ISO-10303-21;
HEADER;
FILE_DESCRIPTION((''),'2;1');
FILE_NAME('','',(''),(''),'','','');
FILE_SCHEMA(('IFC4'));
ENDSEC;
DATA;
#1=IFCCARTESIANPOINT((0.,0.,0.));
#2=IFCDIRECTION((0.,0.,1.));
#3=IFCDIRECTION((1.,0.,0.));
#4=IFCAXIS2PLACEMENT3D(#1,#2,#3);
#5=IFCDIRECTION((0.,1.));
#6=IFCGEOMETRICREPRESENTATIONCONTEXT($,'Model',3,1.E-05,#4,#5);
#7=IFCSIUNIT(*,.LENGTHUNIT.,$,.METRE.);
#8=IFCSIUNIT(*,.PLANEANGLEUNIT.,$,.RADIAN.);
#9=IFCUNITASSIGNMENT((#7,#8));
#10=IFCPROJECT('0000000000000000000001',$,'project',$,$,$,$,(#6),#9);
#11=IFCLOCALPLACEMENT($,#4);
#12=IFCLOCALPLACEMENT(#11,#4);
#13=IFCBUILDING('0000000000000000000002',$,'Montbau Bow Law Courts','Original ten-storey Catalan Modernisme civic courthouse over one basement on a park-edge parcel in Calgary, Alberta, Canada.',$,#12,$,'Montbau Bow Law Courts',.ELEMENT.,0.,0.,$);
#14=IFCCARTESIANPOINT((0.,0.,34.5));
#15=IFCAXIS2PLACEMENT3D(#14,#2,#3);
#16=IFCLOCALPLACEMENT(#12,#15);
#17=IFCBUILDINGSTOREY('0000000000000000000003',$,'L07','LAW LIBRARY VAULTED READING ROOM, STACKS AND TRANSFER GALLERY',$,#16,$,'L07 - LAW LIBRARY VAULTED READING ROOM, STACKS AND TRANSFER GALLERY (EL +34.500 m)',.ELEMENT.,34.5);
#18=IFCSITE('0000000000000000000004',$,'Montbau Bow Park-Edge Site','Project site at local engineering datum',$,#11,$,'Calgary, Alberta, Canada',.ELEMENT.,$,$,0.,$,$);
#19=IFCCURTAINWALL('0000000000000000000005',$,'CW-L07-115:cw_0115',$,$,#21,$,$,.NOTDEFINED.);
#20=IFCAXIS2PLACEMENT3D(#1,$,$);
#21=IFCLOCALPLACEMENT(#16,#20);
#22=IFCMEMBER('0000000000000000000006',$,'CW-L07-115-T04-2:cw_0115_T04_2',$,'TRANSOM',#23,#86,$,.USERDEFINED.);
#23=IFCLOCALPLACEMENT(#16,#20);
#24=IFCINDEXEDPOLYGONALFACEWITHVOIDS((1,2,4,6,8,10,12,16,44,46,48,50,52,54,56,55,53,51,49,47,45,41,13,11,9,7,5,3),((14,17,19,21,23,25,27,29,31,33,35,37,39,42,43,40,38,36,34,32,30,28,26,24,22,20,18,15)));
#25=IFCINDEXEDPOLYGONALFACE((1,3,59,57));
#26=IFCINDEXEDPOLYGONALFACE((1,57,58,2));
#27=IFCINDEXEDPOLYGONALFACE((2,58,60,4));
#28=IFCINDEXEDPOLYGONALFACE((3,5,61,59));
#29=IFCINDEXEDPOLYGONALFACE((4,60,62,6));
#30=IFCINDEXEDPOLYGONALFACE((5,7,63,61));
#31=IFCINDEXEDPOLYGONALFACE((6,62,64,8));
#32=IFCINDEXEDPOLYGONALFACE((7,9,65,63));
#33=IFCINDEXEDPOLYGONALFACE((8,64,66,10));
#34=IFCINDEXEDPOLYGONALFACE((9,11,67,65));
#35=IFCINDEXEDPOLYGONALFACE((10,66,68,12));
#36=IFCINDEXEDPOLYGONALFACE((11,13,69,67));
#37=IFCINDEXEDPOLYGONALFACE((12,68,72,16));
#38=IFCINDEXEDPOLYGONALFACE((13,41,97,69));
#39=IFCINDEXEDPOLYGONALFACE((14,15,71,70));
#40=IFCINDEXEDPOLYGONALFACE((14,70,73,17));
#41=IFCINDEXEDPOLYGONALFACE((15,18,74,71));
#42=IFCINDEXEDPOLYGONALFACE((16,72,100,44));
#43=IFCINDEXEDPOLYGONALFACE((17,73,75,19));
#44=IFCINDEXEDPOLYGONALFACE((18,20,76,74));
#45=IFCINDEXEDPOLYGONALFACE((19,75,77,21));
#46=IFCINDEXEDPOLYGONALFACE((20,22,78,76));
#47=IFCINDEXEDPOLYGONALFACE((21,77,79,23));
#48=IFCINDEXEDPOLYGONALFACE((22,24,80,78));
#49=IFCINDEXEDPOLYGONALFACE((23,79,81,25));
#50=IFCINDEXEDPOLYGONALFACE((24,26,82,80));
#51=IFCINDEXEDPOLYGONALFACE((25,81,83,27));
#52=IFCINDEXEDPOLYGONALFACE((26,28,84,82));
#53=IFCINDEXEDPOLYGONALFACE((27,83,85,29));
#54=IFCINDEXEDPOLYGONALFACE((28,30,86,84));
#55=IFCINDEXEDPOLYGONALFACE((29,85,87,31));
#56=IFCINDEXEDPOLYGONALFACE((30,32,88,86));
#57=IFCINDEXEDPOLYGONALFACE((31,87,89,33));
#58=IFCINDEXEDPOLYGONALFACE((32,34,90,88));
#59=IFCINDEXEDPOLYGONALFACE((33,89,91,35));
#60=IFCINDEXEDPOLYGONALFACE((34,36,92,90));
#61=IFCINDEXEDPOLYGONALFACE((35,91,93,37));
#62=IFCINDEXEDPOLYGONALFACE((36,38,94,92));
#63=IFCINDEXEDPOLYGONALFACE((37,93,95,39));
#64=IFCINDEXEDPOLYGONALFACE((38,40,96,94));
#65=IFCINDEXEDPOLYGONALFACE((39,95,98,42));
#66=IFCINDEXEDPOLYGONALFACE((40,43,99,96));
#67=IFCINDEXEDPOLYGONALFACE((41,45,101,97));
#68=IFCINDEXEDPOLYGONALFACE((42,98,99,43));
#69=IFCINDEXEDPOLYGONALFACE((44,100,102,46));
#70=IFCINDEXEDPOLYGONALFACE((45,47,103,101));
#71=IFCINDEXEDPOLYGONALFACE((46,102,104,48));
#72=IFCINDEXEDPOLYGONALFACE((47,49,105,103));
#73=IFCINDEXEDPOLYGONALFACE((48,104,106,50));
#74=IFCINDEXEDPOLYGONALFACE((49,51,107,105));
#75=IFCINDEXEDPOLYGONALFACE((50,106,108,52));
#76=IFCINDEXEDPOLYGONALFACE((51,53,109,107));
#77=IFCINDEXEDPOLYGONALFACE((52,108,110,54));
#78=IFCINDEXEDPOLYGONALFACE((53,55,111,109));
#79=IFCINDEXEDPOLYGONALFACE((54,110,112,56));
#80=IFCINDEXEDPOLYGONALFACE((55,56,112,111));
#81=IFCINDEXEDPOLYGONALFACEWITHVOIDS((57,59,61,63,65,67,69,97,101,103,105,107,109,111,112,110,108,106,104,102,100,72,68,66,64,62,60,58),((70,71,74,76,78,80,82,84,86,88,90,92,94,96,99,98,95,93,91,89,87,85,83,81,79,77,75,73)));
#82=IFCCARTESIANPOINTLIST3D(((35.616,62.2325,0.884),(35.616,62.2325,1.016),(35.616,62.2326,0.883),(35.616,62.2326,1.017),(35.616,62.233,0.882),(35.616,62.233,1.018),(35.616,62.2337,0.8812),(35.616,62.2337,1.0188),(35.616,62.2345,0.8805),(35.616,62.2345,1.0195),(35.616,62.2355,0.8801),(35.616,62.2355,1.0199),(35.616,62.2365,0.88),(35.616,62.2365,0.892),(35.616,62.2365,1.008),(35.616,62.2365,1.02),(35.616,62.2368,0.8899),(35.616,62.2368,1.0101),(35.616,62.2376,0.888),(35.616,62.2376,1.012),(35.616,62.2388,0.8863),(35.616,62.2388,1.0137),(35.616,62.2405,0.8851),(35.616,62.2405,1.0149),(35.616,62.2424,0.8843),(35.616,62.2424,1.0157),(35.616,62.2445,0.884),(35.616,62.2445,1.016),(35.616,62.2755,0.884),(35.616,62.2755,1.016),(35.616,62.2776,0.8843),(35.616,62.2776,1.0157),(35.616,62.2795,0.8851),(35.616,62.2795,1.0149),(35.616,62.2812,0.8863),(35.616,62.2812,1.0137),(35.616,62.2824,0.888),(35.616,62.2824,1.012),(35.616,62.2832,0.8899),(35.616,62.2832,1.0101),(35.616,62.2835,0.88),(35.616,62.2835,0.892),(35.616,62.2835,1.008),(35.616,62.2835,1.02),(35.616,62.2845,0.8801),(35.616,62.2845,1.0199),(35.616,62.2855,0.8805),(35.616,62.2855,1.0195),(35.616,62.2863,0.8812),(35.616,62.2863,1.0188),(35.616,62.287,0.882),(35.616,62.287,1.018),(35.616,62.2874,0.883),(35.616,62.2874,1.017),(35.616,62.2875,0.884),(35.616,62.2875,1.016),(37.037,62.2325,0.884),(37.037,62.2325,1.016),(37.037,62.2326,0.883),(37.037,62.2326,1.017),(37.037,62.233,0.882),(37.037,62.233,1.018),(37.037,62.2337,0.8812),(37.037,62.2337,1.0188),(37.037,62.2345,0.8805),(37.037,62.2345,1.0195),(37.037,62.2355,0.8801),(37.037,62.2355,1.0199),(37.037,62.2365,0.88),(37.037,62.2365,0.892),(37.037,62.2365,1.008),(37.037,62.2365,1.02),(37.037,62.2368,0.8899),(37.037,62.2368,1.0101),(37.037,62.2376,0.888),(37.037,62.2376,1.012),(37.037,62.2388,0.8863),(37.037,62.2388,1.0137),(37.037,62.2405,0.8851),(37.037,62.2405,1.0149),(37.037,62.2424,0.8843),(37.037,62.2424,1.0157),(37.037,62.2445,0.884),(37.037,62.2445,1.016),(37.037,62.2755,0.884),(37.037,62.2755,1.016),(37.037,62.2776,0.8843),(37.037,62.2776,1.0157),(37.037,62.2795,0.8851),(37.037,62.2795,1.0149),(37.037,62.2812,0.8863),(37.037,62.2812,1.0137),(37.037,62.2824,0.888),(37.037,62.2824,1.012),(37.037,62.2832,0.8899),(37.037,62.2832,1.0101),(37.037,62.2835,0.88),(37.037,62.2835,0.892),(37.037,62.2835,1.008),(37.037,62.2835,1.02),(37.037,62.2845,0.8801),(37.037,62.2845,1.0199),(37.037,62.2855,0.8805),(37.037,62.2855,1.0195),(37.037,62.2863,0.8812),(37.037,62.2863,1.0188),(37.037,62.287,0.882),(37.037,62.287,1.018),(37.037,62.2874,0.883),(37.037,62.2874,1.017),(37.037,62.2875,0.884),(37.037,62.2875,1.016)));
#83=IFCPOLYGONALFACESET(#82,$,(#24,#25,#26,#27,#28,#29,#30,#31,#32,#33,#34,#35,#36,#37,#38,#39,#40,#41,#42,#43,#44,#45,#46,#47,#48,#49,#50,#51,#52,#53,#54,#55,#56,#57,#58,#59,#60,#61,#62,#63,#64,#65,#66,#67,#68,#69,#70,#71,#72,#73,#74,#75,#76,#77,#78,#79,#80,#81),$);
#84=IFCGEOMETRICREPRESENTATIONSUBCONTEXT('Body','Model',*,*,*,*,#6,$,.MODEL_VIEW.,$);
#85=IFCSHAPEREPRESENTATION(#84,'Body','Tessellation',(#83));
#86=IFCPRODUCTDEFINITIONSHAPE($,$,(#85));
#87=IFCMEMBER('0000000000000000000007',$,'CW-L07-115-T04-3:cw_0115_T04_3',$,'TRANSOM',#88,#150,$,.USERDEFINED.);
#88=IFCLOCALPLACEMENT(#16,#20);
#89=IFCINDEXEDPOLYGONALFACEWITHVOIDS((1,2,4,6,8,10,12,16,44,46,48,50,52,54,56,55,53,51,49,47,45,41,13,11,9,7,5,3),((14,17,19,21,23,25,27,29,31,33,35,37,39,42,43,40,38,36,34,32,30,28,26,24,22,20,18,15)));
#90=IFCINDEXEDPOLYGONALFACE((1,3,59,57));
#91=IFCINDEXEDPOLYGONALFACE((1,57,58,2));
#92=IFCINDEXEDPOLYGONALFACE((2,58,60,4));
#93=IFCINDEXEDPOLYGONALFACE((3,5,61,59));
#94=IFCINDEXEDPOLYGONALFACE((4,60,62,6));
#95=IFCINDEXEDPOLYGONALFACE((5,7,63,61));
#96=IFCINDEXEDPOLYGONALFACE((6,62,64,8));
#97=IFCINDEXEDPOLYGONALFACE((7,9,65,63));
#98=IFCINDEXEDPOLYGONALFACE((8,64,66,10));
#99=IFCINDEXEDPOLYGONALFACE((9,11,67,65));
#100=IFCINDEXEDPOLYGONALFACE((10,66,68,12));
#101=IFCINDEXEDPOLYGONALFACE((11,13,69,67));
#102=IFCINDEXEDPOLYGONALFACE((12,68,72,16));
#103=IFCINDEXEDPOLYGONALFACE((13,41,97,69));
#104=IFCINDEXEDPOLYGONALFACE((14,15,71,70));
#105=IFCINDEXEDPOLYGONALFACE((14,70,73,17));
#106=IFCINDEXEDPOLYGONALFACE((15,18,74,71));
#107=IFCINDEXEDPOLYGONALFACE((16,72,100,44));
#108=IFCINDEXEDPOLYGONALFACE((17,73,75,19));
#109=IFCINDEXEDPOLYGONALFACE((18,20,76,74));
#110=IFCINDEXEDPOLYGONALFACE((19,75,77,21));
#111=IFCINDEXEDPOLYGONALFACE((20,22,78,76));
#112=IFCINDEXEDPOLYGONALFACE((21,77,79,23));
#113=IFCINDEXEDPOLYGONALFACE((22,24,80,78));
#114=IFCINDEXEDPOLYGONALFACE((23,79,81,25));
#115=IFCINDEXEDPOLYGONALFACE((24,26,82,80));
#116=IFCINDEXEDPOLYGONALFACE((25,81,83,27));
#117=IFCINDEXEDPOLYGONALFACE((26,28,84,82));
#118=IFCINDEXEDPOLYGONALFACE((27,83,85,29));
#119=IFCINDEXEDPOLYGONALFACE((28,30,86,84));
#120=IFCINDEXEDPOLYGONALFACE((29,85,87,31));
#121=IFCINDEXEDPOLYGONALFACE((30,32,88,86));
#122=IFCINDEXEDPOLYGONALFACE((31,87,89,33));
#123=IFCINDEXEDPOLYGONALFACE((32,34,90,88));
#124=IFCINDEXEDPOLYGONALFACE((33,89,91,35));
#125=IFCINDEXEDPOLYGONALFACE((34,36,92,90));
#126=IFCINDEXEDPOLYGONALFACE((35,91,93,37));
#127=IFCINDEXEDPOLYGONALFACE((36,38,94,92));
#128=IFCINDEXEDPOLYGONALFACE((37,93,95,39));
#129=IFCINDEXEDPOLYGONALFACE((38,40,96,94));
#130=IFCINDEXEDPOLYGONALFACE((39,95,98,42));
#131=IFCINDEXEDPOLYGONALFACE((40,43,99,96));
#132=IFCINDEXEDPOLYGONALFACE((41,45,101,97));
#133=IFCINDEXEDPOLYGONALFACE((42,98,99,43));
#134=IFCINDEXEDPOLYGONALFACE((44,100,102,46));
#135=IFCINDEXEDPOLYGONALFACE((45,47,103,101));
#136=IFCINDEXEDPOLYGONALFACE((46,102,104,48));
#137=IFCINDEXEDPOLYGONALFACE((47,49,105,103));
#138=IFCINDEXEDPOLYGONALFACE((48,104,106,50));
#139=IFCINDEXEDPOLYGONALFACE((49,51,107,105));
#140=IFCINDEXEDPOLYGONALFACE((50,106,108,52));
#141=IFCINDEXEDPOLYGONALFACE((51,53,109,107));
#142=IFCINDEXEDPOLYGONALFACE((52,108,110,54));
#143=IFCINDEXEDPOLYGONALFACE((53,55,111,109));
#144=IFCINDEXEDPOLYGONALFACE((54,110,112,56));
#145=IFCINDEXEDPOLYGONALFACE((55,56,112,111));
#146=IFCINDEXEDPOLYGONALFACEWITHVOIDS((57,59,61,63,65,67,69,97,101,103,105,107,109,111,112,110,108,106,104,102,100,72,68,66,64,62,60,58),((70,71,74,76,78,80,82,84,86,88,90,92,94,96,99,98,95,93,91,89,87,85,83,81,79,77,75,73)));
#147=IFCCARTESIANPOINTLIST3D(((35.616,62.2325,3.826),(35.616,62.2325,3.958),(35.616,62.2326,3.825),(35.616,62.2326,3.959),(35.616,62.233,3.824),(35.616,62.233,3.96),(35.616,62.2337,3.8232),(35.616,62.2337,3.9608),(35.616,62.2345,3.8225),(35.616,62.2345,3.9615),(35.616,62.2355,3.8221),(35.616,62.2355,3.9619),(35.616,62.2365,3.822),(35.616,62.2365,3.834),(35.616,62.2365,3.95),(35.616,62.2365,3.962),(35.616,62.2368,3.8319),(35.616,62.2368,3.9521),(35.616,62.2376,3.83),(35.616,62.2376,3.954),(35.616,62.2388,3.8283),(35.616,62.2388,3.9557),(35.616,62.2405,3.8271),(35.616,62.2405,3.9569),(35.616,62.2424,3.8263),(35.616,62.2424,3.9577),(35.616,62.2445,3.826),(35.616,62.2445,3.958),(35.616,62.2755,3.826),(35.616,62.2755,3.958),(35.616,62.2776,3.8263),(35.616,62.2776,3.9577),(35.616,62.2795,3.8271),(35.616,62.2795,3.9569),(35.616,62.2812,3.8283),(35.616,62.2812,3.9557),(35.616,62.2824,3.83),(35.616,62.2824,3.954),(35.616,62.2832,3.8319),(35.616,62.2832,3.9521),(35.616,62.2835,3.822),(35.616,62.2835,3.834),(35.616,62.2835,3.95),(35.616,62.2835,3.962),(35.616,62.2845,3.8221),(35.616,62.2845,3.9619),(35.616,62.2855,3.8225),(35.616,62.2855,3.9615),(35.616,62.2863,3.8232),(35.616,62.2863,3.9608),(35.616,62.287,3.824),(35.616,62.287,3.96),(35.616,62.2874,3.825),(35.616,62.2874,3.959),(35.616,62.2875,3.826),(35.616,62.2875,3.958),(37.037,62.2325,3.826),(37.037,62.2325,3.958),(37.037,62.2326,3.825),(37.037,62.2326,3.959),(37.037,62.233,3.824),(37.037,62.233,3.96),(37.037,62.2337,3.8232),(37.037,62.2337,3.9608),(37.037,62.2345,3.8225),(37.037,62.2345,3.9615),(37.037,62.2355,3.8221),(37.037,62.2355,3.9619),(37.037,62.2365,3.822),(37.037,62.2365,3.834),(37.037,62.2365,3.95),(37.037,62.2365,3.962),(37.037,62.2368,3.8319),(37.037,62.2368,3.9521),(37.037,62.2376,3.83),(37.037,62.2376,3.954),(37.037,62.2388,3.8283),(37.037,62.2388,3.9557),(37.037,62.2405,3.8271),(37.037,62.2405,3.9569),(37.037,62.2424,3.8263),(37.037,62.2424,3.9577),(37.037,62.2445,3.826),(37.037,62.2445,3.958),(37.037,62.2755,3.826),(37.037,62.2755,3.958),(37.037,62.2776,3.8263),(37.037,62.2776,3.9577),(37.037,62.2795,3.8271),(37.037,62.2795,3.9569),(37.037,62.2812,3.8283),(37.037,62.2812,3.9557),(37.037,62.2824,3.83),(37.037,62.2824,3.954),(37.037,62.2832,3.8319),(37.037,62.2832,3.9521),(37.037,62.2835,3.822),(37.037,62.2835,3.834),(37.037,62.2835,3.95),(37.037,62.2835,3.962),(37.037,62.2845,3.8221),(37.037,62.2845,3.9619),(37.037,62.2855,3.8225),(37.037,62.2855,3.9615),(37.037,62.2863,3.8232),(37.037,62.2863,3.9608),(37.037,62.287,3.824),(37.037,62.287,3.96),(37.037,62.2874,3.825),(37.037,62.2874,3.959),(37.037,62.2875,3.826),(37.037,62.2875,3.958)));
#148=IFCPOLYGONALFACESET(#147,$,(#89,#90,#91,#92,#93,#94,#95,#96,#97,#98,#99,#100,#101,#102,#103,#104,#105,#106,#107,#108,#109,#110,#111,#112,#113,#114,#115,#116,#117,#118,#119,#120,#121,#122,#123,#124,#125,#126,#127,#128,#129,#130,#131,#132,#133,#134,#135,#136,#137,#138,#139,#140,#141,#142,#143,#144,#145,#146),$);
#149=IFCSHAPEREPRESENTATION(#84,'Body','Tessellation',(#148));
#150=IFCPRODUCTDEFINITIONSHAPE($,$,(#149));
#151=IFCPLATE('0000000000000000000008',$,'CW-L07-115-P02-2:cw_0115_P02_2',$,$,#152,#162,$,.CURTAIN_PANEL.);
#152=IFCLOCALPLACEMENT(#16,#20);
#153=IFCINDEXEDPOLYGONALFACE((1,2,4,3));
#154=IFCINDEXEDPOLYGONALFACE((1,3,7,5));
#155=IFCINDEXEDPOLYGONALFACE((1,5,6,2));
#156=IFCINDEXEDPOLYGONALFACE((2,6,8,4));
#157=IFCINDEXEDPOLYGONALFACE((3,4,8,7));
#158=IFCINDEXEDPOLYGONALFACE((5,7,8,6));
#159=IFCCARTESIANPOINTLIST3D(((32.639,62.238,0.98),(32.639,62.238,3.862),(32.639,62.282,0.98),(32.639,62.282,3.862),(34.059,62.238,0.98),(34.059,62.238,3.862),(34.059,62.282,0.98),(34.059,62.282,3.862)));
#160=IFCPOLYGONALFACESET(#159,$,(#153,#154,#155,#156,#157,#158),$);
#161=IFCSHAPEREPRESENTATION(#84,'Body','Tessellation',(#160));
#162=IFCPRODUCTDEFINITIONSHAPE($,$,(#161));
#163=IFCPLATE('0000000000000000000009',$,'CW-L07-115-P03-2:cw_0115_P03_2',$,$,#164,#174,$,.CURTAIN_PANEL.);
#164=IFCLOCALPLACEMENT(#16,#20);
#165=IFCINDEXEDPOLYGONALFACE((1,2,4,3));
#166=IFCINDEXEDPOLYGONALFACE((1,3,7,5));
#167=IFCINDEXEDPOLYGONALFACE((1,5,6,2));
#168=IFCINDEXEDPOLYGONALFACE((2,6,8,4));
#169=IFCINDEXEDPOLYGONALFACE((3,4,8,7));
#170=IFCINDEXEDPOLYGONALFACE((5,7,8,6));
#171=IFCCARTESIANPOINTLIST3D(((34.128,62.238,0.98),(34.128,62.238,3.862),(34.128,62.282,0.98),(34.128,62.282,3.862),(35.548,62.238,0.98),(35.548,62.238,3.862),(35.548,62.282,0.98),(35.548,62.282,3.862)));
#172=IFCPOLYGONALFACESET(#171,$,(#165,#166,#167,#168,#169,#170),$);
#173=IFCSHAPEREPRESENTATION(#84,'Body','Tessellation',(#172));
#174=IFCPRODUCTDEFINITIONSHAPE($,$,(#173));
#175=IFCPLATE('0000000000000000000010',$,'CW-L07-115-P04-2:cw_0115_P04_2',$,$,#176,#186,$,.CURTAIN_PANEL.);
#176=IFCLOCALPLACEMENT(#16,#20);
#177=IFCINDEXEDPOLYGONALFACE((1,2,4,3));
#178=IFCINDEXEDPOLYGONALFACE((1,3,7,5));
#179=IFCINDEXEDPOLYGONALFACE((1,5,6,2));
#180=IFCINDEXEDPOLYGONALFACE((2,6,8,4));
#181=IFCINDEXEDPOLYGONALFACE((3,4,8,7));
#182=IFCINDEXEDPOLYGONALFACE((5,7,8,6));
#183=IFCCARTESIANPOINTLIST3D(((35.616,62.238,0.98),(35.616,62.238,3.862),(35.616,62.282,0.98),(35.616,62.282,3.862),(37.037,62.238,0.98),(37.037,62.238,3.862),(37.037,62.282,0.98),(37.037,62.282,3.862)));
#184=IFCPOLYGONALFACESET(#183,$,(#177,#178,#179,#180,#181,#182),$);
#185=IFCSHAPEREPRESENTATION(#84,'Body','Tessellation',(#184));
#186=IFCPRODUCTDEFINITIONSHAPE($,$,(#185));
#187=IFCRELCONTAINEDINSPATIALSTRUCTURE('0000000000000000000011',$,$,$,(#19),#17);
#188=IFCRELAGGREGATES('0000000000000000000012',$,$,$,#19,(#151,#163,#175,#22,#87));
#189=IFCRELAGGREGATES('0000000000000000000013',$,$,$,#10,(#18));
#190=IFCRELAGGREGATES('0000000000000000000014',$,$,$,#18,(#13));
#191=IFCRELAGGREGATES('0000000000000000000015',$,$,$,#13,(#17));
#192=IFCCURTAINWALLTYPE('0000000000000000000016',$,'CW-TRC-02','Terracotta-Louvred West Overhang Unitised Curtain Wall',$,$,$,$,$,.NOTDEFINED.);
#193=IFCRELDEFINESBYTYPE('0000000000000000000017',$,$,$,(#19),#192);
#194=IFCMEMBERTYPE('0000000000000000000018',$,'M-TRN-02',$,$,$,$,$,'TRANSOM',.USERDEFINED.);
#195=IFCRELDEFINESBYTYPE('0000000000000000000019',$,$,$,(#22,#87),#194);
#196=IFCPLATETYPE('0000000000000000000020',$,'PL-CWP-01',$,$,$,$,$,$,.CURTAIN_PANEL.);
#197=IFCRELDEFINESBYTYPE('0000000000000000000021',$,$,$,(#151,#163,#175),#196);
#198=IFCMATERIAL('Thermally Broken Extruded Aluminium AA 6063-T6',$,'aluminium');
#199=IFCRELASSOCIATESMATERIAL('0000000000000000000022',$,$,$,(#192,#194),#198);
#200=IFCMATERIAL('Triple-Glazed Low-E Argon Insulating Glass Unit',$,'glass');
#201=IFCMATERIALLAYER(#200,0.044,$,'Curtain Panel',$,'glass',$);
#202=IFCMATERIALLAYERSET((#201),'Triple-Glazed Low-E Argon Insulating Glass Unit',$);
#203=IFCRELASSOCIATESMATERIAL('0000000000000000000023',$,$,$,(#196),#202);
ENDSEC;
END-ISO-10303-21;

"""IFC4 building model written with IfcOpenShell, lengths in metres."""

from ifc_helpers import new_model, si_unit, direction, frame, frame_2d, origin_with_axes, origin_2d_with_axis, place, context, subcontext, project, spatial, rectangle, hollow_rectangle, extrude, material, layer, layer_set, material_profile, profile_set, type_object, element, aggregate, save


model = new_model("IFC4")

# Units and contexts
model_context = context("Model", 3, precision=1e-05, world=origin_with_axes(), true_north=direction((0.0, 1.0)))
body_context = subcontext(model_context, "Body", "Model", "MODEL_VIEW")
ifc_project = project(units=[si_unit("LENGTHUNIT", "METRE"), si_unit("PLANEANGLEUNIT", "RADIAN")], contexts=[model_context])

# Site, building, storey
site_placement = place(None, origin_with_axes())
site = spatial("IfcSite", under=ifc_project, at=site_placement, Name="Montbau Bow Park-Edge Site", Description="Project site at local engineering datum", LongName="Calgary, Alberta, Canada", CompositionType="ELEMENT", RefElevation=0.0)
building_placement = place(site_placement, origin_with_axes())
building = spatial("IfcBuilding", under=site, at=building_placement, Name="Montbau Bow Law Courts", Description="Original ten-storey Catalan Modernisme civic courthouse over one basement on a park-edge parcel in Calgary, Alberta, Canada.", LongName="Montbau Bow Law Courts", CompositionType="ELEMENT", ElevationOfRefHeight=0.0, ElevationOfTerrain=0.0)
storey_placement = place(building_placement, frame((0.0, 0.0, 34.5), z_axis=(0.0, 0.0, 1.0), x_axis=(1.0, 0.0, 0.0)))
storey = spatial("IfcBuildingStorey", under=building, at=storey_placement, Name="L07", Description="LAW LIBRARY VAULTED READING ROOM, STACKS AND TRANSFER GALLERY", LongName="L07 - LAW LIBRARY VAULTED READING ROOM, STACKS AND TRANSFER GALLERY (EL +34.500 m)", CompositionType="ELEMENT", Elevation=34.5)

# Curtain wall, members, plates
ifc_material_1 = material(Name="Thermally Broken Extruded Aluminium AA 6063-T6", Category="aluminium")
curtain_wall_type = type_object("IfcCurtainWallType", Name="CW-TRC-02", Description="Terracotta-Louvred West Overhang Unitised Curtain Wall", PredefinedType="NOTDEFINED", material=ifc_material_1)
curtain_wall_placement = place(None, frame((31.115, 62.26, 34.5), z_axis=(0.0, 0.0, 1.0), x_axis=(1.0, 0.0, 0.0)))
curtain_wall = element("IfcCurtainWall", 1, at=curtain_wall_placement, inside=storey, type_object=curtain_wall_type, Name="CW-L07-115:cw_0115", PredefinedType="NOTDEFINED")
ifc_material_profile_1 = material_profile(ifc_material_1, hollow_rectangle(XDim=0.055, YDim=0.14, WallThickness=0.004, InnerFilletRadius=0.008, OuterFilletRadius=0.004, at=origin_2d_with_axis()), Name="CWT-140X55", Category="Main", Priority=0)
ifc_profile_set_1 = profile_set([ifc_material_profile_1], Name="Thermally Broken Extruded Aluminium AA 6063-T6")
member_type_1 = type_object("IfcMemberType", Name="M-TRN-02", ElementType="TRANSOM", PredefinedType="USERDEFINED", material=ifc_profile_set_1)
member_1_placement = place(None, frame((35.616, 62.26, 35.45), z_axis=(1.0, 0.0, 0.0), x_axis=(0.0, 1.0, 0.0)))
member_1 = element("IfcMember", 2, at=member_1_placement, type_object=member_type_1, Name="CW-L07-115-T04-2:cw_0115_T04_2", ObjectType="TRANSOM", PredefinedType="USERDEFINED", context=body_context, shape_type="SweptSolid", body=[
    extrude(hollow_rectangle(XDim=0.055, YDim=0.14, WallThickness=0.004, InnerFilletRadius=0.008, OuterFilletRadius=0.004, at=origin_2d_with_axis()), origin_with_axes(), (0.0, 0.0, 1.0), 1.421),
])
member_2_placement = place(None, frame((35.616, 62.26, 38.392), z_axis=(1.0, 0.0, 0.0), x_axis=(0.0, 1.0, 0.0)))
member_2 = element("IfcMember", 3, at=member_2_placement, type_object=member_type_1, Name="CW-L07-115-T04-3:cw_0115_T04_3", ObjectType="TRANSOM", PredefinedType="USERDEFINED", context=body_context, shape_type="SweptSolid", body=[
    extrude(hollow_rectangle(XDim=0.055, YDim=0.14, WallThickness=0.004, InnerFilletRadius=0.008, OuterFilletRadius=0.004, at=origin_2d_with_axis()), origin_with_axes(), (0.0, 0.0, 1.0), 1.421),
])
ifc_material_2 = material(Name="Triple-Glazed Low-E Argon Insulating Glass Unit", Category="glass")
ifc_layer_1 = layer(ifc_material_2, 0.044, Name="Curtain Panel", Category="glass")
ifc_layer_set_1 = layer_set([ifc_layer_1], Name="Triple-Glazed Low-E Argon Insulating Glass Unit")
plate_type_1 = type_object("IfcPlateType", Name="PL-CWP-01", PredefinedType="CURTAIN_PANEL", material=ifc_layer_set_1)
plate_1_placement = place(None, frame((32.639, 62.26, 35.48), z_axis=(0.0, -1.0, 0.0), x_axis=(1.0, 0.0, 0.0)))
plate_1 = element("IfcPlate", 4, at=plate_1_placement, type_object=plate_type_1, Name="CW-L07-115-P02-2:cw_0115_P02_2", PredefinedType="CURTAIN_PANEL", context=body_context, shape_type="SweptSolid", body=[
    extrude(rectangle(XDim=1.42, YDim=2.882, at=frame_2d((0.71, 1.441), x_axis=(1.0, 0.0))), frame((0.0, 0.0, -0.022), z_axis=(0.0, 0.0, 1.0), x_axis=(1.0, 0.0, 0.0)), (0.0, 0.0, 1.0), 0.044),
])
plate_2_placement = place(None, frame((34.128, 62.26, 35.48), z_axis=(0.0, -1.0, 0.0), x_axis=(1.0, 0.0, 0.0)))
plate_2 = element("IfcPlate", 5, at=plate_2_placement, type_object=plate_type_1, Name="CW-L07-115-P03-2:cw_0115_P03_2", PredefinedType="CURTAIN_PANEL", context=body_context, shape_type="SweptSolid", body=[
    extrude(rectangle(XDim=1.42, YDim=2.882, at=frame_2d((0.71, 1.441), x_axis=(1.0, 0.0))), frame((0.0, 0.0, -0.022), z_axis=(0.0, 0.0, 1.0), x_axis=(1.0, 0.0, 0.0)), (0.0, 0.0, 1.0), 0.044),
])
plate_3_placement = place(None, frame((35.616, 62.26, 35.48), z_axis=(0.0, -1.0, 0.0), x_axis=(1.0, 0.0, 0.0)))
plate_3 = element("IfcPlate", 6, at=plate_3_placement, type_object=plate_type_1, Name="CW-L07-115-P04-2:cw_0115_P04_2", PredefinedType="CURTAIN_PANEL", context=body_context, shape_type="SweptSolid", body=[
    extrude(rectangle(XDim=1.421, YDim=2.882, at=frame_2d((0.7105, 1.441), x_axis=(1.0, 0.0))), frame((0.0, 0.0, -0.022), z_axis=(0.0, 0.0, 1.0), x_axis=(1.0, 0.0, 0.0)), (0.0, 0.0, 1.0), 0.044),
])
aggregate(curtain_wall, [plate_1, plate_2, plate_3, member_1, member_2])

save(model, "model.ifc")
